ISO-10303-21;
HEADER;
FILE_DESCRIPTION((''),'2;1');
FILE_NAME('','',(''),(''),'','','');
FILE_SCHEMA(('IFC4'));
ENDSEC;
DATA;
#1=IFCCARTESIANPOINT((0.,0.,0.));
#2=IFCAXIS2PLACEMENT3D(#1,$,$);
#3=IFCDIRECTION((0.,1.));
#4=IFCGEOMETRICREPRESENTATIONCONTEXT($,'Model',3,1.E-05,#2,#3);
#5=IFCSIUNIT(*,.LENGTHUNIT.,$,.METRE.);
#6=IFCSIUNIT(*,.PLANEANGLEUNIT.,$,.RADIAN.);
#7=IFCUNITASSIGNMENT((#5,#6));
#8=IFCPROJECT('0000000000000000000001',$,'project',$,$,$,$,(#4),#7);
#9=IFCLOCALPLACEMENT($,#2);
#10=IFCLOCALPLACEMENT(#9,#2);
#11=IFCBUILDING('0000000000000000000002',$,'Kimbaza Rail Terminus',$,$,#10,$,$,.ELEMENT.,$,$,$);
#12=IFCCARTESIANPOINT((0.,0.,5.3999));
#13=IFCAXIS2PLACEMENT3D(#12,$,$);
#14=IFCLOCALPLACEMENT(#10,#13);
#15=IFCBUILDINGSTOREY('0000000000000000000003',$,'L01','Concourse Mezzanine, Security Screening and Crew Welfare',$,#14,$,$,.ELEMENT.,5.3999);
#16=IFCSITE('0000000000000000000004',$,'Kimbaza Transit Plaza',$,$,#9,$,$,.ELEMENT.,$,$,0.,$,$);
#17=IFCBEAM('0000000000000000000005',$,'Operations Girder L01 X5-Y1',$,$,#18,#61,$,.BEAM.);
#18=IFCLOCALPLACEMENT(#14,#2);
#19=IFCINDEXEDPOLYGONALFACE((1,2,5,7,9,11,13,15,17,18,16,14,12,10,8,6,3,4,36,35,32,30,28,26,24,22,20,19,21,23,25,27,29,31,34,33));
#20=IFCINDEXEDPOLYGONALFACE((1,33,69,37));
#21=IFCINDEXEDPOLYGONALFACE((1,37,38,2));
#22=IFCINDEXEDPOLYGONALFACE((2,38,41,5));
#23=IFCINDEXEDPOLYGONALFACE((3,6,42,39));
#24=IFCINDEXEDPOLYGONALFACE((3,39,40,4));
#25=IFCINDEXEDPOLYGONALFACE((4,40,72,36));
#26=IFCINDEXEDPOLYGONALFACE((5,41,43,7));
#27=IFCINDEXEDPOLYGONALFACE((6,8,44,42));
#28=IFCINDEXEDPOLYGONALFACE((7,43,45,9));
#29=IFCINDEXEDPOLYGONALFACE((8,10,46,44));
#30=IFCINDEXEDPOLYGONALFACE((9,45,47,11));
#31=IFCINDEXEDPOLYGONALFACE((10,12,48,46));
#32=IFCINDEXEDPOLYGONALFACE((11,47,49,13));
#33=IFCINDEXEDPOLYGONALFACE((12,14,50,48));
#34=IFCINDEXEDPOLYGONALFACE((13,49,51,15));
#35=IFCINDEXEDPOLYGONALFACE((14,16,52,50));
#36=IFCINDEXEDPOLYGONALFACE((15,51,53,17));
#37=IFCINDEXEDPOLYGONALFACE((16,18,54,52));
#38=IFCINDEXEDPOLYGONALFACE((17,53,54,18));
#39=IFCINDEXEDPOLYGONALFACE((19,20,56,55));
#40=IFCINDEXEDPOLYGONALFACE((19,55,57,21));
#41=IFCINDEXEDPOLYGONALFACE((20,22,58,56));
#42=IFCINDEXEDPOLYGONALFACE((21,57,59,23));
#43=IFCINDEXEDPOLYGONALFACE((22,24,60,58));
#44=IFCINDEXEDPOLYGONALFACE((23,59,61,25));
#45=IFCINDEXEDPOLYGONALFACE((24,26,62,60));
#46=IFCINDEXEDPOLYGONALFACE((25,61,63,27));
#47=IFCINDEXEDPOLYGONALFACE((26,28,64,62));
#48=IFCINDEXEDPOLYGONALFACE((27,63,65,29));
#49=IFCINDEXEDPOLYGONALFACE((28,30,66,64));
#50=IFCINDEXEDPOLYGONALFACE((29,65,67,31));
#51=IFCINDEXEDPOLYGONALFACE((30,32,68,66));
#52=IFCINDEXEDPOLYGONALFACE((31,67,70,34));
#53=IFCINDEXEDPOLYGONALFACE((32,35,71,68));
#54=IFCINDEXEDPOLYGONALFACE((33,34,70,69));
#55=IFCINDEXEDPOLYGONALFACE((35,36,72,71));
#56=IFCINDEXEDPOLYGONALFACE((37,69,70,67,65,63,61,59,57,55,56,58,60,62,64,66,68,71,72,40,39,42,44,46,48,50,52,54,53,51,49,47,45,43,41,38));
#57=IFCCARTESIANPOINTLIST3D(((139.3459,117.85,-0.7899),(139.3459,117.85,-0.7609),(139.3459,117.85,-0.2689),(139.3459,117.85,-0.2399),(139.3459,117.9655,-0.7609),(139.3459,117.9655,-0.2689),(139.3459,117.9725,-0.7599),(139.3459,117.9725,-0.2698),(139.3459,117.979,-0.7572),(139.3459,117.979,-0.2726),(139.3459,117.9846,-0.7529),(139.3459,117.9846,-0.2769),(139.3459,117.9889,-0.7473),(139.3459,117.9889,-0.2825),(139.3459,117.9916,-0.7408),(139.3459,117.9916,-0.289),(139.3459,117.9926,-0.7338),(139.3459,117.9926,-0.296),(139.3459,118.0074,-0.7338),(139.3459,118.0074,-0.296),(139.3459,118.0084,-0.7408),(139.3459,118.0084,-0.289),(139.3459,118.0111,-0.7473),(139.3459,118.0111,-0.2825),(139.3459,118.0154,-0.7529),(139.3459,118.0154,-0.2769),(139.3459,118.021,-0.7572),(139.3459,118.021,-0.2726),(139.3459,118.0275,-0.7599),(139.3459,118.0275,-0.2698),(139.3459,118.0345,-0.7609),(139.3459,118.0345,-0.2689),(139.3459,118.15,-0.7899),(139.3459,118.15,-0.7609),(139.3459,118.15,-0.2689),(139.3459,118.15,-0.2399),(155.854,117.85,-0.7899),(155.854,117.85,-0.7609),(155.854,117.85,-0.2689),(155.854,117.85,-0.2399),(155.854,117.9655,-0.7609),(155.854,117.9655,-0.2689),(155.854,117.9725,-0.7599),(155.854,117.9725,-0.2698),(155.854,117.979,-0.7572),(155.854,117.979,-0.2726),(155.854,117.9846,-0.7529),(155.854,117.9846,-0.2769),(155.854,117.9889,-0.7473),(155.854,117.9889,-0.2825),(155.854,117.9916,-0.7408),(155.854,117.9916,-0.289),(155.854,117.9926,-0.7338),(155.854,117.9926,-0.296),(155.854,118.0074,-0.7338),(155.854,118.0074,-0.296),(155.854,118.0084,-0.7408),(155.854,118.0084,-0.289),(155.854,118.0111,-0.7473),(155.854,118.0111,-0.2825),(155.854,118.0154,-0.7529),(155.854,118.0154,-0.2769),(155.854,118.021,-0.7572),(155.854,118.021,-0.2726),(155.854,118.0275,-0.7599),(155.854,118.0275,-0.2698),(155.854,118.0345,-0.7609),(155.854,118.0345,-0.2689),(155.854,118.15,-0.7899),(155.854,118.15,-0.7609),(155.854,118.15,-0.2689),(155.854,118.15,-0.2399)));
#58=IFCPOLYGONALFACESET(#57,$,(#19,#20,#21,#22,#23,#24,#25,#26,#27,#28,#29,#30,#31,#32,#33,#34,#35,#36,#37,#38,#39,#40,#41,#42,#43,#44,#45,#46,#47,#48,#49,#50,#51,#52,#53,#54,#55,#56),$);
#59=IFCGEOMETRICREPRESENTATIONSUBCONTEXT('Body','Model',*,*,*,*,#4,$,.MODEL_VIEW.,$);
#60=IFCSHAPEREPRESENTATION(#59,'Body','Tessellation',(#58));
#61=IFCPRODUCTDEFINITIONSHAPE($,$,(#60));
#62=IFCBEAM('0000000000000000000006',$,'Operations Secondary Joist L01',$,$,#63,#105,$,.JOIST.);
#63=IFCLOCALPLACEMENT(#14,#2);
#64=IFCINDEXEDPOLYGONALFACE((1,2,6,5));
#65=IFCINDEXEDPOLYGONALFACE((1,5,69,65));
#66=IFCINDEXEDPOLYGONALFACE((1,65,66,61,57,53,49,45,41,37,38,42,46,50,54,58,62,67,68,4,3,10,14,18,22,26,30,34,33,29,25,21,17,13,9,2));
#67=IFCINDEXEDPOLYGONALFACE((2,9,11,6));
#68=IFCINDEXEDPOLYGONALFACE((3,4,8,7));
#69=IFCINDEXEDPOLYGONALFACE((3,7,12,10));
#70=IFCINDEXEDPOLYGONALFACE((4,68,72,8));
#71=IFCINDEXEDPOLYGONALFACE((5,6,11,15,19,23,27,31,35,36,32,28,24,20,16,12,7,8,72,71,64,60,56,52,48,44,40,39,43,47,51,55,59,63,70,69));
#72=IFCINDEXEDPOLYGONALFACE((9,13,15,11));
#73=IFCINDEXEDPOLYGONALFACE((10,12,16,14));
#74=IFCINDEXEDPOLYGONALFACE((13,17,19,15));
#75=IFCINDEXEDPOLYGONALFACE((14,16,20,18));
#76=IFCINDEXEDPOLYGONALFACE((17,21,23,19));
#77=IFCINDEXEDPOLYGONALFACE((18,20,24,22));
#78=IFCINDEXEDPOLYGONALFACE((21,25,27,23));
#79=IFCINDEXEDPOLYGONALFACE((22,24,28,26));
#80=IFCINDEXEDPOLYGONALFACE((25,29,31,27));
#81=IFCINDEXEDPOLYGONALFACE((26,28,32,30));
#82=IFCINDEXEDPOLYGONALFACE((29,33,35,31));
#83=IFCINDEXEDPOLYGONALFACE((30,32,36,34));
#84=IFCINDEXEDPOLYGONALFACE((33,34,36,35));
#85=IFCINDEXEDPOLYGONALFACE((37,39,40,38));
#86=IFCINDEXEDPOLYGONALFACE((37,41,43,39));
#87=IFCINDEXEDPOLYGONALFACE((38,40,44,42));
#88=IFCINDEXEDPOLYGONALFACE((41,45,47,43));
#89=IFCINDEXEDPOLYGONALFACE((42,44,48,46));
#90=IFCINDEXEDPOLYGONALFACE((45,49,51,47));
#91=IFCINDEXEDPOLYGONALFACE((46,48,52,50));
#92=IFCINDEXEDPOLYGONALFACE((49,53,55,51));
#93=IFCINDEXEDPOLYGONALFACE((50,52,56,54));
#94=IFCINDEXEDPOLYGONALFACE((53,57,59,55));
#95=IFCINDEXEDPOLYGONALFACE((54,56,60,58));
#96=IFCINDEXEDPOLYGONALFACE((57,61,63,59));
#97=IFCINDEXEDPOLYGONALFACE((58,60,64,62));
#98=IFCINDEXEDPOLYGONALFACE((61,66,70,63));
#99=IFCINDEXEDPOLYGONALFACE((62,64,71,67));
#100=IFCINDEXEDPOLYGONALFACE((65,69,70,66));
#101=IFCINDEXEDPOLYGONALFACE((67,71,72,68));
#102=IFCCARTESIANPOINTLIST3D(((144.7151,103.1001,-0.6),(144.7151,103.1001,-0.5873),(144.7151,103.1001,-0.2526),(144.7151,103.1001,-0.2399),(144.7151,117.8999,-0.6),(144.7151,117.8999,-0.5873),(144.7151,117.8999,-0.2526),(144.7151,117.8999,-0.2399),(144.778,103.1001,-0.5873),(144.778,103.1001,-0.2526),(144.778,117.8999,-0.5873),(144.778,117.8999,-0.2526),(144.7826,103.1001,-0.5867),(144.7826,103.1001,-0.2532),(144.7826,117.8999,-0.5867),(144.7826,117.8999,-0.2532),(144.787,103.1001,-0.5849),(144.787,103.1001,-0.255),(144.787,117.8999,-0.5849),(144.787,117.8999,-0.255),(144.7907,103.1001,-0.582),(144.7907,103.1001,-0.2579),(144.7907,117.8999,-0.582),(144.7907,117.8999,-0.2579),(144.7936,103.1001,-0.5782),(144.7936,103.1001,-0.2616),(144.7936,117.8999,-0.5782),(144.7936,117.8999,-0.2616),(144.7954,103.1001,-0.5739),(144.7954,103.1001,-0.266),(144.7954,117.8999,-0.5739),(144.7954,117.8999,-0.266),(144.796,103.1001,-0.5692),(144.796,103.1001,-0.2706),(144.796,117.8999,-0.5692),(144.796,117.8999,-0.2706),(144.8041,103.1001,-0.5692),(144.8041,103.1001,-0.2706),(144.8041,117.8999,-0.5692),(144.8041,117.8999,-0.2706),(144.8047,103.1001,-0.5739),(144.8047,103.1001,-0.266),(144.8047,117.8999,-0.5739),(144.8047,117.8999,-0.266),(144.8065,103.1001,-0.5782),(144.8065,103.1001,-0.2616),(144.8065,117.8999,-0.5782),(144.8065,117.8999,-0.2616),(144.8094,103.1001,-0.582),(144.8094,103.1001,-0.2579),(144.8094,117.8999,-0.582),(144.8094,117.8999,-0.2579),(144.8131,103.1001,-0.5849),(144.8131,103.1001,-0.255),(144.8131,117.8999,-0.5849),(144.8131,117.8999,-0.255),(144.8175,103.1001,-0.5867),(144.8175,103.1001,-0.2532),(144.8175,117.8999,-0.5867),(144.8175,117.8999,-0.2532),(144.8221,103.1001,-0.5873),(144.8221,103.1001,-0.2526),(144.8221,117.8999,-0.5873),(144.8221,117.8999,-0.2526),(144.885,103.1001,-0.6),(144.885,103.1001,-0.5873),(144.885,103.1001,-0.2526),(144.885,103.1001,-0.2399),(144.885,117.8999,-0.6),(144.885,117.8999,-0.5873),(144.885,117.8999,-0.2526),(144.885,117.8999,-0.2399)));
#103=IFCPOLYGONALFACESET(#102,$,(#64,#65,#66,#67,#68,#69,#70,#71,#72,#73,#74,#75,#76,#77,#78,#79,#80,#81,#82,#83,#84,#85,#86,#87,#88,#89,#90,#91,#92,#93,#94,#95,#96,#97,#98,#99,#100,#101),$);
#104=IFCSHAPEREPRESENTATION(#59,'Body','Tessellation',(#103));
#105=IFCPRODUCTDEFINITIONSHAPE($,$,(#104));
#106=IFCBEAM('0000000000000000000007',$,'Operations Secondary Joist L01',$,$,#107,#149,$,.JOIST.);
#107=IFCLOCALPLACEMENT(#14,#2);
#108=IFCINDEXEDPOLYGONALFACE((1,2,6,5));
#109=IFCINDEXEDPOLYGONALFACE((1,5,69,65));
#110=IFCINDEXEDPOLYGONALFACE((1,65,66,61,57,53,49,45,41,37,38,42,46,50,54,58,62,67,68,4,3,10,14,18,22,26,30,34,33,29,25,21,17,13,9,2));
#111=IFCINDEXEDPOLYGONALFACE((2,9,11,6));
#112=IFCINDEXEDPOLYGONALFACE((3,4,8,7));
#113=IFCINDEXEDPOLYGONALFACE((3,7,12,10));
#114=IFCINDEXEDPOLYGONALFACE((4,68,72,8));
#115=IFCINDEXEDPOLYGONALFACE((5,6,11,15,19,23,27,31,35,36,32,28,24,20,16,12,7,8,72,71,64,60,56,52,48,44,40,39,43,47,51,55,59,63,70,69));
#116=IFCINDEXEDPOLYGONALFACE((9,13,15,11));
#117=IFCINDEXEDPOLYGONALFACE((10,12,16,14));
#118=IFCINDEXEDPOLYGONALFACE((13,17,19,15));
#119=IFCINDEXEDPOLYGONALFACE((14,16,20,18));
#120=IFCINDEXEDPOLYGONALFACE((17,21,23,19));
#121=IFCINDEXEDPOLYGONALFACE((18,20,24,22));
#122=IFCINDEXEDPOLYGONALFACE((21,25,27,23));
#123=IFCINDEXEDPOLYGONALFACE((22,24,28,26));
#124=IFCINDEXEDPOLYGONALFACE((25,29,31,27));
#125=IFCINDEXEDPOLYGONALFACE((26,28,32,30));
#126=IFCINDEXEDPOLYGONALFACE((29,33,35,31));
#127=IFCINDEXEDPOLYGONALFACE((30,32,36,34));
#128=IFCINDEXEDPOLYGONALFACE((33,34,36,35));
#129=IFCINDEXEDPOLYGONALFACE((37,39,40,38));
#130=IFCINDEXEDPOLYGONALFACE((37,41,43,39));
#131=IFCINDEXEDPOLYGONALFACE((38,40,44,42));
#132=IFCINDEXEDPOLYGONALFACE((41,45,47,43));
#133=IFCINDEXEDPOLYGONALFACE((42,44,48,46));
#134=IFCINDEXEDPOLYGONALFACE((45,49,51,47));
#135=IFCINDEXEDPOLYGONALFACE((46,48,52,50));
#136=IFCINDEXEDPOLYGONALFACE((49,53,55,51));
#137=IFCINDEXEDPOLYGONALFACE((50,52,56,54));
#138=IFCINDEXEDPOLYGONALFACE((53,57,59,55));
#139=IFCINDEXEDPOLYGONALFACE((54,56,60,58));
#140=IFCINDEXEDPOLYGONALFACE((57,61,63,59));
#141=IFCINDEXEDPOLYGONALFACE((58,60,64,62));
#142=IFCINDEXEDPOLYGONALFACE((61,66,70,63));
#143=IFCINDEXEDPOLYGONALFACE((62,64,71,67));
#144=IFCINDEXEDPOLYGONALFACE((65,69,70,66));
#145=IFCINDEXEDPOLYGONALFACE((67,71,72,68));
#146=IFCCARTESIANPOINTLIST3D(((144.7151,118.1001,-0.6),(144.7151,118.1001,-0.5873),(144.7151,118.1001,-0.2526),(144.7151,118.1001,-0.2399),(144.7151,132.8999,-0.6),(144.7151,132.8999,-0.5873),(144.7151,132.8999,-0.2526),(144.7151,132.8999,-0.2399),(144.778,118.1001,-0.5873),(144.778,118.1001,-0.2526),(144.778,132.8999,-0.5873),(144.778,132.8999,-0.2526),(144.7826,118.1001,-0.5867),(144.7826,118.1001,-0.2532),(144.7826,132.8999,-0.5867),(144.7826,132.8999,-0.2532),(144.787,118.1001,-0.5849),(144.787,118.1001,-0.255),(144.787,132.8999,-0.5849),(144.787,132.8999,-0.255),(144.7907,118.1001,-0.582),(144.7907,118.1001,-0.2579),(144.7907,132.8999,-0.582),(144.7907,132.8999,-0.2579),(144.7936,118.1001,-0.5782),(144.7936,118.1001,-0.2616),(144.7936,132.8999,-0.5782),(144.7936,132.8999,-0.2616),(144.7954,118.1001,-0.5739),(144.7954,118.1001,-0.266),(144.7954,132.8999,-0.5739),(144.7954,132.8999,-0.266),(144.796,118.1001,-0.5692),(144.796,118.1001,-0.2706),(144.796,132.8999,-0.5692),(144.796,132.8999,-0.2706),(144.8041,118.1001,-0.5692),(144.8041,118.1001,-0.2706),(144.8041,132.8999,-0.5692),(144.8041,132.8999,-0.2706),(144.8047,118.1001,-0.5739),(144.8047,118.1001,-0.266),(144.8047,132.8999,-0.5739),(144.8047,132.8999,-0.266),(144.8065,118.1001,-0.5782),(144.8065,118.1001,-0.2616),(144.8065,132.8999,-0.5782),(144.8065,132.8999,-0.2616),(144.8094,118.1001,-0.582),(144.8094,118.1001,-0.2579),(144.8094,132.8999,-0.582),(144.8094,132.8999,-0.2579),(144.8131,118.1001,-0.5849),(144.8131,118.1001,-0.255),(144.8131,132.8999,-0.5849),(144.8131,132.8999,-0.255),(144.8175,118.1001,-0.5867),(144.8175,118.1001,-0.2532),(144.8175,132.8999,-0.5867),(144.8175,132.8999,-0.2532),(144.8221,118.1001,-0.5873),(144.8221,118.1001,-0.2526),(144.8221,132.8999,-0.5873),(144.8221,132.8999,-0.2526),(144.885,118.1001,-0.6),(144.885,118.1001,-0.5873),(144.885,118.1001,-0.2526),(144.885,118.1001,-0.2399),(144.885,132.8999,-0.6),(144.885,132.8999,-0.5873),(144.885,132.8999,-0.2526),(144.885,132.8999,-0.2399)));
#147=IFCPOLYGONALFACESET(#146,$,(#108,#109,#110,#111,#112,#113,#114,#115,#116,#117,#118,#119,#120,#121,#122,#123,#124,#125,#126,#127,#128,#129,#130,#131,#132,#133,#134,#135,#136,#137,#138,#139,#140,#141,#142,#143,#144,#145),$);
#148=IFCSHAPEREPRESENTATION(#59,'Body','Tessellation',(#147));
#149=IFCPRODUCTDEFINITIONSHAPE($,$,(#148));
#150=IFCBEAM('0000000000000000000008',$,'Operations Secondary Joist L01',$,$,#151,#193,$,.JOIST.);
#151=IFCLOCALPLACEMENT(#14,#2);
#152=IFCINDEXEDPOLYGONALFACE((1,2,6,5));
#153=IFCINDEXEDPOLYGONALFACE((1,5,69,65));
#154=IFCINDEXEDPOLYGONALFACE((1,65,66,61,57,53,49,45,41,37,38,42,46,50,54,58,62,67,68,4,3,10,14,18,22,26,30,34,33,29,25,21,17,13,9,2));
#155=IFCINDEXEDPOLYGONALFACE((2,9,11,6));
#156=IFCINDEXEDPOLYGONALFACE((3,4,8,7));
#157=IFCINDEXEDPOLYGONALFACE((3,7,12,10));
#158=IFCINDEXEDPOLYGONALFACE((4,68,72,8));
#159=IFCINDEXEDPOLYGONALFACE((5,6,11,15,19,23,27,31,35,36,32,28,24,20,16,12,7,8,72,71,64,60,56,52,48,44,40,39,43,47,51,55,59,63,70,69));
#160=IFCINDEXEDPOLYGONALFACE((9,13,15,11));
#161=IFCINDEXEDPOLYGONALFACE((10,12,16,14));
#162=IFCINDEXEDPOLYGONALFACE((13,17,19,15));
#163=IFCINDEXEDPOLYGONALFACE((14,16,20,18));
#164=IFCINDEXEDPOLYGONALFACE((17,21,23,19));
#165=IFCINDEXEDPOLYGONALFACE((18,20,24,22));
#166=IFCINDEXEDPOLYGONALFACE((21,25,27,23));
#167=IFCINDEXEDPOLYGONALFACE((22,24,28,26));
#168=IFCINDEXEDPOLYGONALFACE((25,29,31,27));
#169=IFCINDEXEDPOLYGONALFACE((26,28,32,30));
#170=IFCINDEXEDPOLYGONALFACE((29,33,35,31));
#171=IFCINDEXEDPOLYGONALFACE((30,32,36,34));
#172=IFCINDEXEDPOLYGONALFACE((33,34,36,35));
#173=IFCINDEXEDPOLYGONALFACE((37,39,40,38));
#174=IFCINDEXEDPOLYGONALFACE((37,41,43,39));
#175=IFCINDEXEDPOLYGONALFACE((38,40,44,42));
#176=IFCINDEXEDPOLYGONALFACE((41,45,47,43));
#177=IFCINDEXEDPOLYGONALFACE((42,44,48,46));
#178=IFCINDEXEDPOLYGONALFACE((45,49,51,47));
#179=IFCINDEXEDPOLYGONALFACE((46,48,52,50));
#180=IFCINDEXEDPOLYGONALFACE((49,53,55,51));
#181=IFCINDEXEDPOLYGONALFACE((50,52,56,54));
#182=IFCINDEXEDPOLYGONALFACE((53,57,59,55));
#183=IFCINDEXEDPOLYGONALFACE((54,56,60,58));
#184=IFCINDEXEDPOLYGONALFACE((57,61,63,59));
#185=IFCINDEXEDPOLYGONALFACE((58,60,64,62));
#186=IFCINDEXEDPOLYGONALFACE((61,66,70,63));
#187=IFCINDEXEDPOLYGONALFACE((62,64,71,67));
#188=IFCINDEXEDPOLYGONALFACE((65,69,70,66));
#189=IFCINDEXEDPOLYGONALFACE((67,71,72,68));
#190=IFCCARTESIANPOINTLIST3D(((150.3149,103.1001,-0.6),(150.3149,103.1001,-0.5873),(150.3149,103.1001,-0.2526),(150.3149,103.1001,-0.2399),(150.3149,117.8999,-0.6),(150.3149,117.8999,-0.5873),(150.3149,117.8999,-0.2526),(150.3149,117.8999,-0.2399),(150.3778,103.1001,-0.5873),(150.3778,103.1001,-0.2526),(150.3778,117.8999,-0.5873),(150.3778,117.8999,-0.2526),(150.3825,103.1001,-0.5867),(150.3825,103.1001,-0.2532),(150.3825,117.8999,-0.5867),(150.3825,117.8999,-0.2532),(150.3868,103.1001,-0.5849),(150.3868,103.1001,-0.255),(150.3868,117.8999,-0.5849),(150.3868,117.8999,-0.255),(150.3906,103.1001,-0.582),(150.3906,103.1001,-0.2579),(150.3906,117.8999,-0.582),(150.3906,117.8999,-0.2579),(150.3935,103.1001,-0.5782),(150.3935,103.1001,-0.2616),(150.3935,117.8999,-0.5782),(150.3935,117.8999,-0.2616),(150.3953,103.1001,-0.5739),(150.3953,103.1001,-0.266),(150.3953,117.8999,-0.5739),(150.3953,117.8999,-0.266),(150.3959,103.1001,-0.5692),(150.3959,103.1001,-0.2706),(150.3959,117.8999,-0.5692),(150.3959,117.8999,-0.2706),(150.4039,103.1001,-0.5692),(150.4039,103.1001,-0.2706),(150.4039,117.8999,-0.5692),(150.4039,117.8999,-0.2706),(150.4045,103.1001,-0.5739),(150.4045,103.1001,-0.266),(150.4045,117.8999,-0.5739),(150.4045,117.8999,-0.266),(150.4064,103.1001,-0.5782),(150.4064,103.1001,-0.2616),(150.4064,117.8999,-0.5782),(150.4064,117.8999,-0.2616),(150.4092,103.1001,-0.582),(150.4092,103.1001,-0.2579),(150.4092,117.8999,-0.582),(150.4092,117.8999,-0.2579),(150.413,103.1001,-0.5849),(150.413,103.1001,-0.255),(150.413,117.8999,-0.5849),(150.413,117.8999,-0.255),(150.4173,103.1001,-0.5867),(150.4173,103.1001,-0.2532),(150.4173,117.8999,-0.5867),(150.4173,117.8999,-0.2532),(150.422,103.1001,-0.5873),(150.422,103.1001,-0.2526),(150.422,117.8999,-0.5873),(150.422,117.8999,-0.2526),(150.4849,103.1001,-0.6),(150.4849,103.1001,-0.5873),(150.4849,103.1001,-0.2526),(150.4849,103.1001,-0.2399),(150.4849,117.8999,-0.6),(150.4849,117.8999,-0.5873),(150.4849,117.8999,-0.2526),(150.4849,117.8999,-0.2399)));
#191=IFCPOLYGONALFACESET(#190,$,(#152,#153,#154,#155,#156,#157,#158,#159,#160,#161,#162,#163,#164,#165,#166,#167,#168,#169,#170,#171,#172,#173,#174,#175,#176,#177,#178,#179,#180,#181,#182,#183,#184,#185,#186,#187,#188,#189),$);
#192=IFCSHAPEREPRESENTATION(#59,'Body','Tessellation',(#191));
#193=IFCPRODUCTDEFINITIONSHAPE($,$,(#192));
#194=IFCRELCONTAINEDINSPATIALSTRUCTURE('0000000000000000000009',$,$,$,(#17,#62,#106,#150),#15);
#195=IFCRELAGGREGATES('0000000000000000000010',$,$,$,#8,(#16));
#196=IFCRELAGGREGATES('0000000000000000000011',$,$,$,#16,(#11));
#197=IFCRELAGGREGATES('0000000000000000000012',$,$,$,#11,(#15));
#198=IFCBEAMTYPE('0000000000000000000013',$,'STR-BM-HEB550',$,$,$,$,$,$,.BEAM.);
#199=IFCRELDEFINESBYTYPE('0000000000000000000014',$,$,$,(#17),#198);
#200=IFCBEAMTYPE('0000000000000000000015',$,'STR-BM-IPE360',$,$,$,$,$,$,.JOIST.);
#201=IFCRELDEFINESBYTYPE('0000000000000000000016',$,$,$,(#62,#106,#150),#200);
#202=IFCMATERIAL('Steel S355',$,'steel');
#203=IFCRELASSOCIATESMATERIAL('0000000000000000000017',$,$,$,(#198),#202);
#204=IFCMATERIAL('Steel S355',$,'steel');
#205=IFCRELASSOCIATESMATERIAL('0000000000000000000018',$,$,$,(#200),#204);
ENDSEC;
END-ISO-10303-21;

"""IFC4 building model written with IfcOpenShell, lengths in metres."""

from ifc_helpers import new_model, si_unit, direction, frame, origin, origin_2d, place, context, subcontext, project, spatial, i_section, extrude, material, material_profile, profile_set, type_object, element, save


model = new_model("IFC4")

# Units and contexts
model_context = context("Model", 3, precision=1e-05, world=origin(), true_north=direction((0.0, 1.0)))
body_context = subcontext(model_context, "Body", "Model", "MODEL_VIEW")
ifc_project = project(units=[si_unit("LENGTHUNIT", "METRE"), si_unit("PLANEANGLEUNIT", "RADIAN")], contexts=[model_context])

# Site, building, storey
site_placement = place(None, origin())
site = spatial("IfcSite", under=ifc_project, at=site_placement, Name="Kimbaza Transit Plaza", CompositionType="ELEMENT", RefElevation=0.0)
building_placement = place(site_placement, origin())
building = spatial("IfcBuilding", under=site, at=building_placement, Name="Kimbaza Rail Terminus", CompositionType="ELEMENT")
storey_placement = place(building_placement, frame((0.0, 0.0, 5.3999)))
storey = spatial("IfcBuildingStorey", under=building, at=storey_placement, Name="L01", Description="Concourse Mezzanine, Security Screening and Crew Welfare", CompositionType="ELEMENT", Elevation=5.3999)

# Beams
ifc_material_1 = material(Name="Steel S355", Category="steel")
ifc_material_profile_1 = material_profile(ifc_material_1, i_section(OverallWidth=0.3, OverallDepth=0.55, WebThickness=0.0149, FlangeThickness=0.0291, FilletRadius=0.0271, at=origin_2d()), Name="HEB 550")
ifc_profile_set_1 = profile_set([ifc_material_profile_1], Name="Steel S355")
beam_type_1 = type_object("IfcBeamType", Name="STR-BM-HEB550", PredefinedType="BEAM", material=ifc_profile_set_1)
beam_1_placement = place(storey_placement, frame((139.3459, 118.0, -0.5149), z_axis=(1.0, 0.0, 0.0), x_axis=(0.0, 1.0, 0.0)))
element("IfcBeam", 1, at=beam_1_placement, inside=storey, type_object=beam_type_1, Name="Operations Girder L01 X5-Y1", PredefinedType="BEAM", context=body_context, shape_type="SweptSolid", body=[
    extrude(i_section(OverallWidth=0.3, OverallDepth=0.55, WebThickness=0.0149, FlangeThickness=0.0291, FilletRadius=0.0271, at=origin_2d()), origin(), (0.0, 0.0, 1.0), 16.5081),
])
ifc_material_2 = material(Name="Steel S355", Category="steel")
ifc_material_profile_2 = material_profile(ifc_material_2, i_section(OverallWidth=0.1699, OverallDepth=0.3601, WebThickness=0.0081, FlangeThickness=0.0127, FilletRadius=0.0181, at=origin_2d()), Name="IPE 360")
ifc_profile_set_2 = profile_set([ifc_material_profile_2], Name="Steel S355")
beam_type_2 = type_object("IfcBeamType", Name="STR-BM-IPE360", PredefinedType="JOIST", material=ifc_profile_set_2)
for number, where, z_axis, x_axis, name in (
    (2, (144.8, 103.1001, -0.4199), (0.0, 1.0, 0.0), (-1.0, 0.0, 0.0), "Operations Secondary Joist L01"),
    (3, (144.8, 118.1001, -0.4199), (0.0, 1.0, 0.0), (-1.0, 0.0, 0.0), "Operations Secondary Joist L01"),
    (4, (150.3999, 103.1001, -0.4199), (0.0, 1.0, 0.0), (-1.0, 0.0, 0.0), "Operations Secondary Joist L01"),
):
    element("IfcBeam", number, at=place(storey_placement, frame(where, z_axis=z_axis, x_axis=x_axis)), inside=storey, type_object=beam_type_2, Name=name, PredefinedType="JOIST", context=body_context, shape_type="SweptSolid", body=[
        extrude(i_section(OverallWidth=0.1699, OverallDepth=0.3601, WebThickness=0.0081, FlangeThickness=0.0127, FilletRadius=0.0181, at=origin_2d()), origin(), (0.0, 0.0, 1.0), 14.7998),
    ])

save(model, "model.ifc")
